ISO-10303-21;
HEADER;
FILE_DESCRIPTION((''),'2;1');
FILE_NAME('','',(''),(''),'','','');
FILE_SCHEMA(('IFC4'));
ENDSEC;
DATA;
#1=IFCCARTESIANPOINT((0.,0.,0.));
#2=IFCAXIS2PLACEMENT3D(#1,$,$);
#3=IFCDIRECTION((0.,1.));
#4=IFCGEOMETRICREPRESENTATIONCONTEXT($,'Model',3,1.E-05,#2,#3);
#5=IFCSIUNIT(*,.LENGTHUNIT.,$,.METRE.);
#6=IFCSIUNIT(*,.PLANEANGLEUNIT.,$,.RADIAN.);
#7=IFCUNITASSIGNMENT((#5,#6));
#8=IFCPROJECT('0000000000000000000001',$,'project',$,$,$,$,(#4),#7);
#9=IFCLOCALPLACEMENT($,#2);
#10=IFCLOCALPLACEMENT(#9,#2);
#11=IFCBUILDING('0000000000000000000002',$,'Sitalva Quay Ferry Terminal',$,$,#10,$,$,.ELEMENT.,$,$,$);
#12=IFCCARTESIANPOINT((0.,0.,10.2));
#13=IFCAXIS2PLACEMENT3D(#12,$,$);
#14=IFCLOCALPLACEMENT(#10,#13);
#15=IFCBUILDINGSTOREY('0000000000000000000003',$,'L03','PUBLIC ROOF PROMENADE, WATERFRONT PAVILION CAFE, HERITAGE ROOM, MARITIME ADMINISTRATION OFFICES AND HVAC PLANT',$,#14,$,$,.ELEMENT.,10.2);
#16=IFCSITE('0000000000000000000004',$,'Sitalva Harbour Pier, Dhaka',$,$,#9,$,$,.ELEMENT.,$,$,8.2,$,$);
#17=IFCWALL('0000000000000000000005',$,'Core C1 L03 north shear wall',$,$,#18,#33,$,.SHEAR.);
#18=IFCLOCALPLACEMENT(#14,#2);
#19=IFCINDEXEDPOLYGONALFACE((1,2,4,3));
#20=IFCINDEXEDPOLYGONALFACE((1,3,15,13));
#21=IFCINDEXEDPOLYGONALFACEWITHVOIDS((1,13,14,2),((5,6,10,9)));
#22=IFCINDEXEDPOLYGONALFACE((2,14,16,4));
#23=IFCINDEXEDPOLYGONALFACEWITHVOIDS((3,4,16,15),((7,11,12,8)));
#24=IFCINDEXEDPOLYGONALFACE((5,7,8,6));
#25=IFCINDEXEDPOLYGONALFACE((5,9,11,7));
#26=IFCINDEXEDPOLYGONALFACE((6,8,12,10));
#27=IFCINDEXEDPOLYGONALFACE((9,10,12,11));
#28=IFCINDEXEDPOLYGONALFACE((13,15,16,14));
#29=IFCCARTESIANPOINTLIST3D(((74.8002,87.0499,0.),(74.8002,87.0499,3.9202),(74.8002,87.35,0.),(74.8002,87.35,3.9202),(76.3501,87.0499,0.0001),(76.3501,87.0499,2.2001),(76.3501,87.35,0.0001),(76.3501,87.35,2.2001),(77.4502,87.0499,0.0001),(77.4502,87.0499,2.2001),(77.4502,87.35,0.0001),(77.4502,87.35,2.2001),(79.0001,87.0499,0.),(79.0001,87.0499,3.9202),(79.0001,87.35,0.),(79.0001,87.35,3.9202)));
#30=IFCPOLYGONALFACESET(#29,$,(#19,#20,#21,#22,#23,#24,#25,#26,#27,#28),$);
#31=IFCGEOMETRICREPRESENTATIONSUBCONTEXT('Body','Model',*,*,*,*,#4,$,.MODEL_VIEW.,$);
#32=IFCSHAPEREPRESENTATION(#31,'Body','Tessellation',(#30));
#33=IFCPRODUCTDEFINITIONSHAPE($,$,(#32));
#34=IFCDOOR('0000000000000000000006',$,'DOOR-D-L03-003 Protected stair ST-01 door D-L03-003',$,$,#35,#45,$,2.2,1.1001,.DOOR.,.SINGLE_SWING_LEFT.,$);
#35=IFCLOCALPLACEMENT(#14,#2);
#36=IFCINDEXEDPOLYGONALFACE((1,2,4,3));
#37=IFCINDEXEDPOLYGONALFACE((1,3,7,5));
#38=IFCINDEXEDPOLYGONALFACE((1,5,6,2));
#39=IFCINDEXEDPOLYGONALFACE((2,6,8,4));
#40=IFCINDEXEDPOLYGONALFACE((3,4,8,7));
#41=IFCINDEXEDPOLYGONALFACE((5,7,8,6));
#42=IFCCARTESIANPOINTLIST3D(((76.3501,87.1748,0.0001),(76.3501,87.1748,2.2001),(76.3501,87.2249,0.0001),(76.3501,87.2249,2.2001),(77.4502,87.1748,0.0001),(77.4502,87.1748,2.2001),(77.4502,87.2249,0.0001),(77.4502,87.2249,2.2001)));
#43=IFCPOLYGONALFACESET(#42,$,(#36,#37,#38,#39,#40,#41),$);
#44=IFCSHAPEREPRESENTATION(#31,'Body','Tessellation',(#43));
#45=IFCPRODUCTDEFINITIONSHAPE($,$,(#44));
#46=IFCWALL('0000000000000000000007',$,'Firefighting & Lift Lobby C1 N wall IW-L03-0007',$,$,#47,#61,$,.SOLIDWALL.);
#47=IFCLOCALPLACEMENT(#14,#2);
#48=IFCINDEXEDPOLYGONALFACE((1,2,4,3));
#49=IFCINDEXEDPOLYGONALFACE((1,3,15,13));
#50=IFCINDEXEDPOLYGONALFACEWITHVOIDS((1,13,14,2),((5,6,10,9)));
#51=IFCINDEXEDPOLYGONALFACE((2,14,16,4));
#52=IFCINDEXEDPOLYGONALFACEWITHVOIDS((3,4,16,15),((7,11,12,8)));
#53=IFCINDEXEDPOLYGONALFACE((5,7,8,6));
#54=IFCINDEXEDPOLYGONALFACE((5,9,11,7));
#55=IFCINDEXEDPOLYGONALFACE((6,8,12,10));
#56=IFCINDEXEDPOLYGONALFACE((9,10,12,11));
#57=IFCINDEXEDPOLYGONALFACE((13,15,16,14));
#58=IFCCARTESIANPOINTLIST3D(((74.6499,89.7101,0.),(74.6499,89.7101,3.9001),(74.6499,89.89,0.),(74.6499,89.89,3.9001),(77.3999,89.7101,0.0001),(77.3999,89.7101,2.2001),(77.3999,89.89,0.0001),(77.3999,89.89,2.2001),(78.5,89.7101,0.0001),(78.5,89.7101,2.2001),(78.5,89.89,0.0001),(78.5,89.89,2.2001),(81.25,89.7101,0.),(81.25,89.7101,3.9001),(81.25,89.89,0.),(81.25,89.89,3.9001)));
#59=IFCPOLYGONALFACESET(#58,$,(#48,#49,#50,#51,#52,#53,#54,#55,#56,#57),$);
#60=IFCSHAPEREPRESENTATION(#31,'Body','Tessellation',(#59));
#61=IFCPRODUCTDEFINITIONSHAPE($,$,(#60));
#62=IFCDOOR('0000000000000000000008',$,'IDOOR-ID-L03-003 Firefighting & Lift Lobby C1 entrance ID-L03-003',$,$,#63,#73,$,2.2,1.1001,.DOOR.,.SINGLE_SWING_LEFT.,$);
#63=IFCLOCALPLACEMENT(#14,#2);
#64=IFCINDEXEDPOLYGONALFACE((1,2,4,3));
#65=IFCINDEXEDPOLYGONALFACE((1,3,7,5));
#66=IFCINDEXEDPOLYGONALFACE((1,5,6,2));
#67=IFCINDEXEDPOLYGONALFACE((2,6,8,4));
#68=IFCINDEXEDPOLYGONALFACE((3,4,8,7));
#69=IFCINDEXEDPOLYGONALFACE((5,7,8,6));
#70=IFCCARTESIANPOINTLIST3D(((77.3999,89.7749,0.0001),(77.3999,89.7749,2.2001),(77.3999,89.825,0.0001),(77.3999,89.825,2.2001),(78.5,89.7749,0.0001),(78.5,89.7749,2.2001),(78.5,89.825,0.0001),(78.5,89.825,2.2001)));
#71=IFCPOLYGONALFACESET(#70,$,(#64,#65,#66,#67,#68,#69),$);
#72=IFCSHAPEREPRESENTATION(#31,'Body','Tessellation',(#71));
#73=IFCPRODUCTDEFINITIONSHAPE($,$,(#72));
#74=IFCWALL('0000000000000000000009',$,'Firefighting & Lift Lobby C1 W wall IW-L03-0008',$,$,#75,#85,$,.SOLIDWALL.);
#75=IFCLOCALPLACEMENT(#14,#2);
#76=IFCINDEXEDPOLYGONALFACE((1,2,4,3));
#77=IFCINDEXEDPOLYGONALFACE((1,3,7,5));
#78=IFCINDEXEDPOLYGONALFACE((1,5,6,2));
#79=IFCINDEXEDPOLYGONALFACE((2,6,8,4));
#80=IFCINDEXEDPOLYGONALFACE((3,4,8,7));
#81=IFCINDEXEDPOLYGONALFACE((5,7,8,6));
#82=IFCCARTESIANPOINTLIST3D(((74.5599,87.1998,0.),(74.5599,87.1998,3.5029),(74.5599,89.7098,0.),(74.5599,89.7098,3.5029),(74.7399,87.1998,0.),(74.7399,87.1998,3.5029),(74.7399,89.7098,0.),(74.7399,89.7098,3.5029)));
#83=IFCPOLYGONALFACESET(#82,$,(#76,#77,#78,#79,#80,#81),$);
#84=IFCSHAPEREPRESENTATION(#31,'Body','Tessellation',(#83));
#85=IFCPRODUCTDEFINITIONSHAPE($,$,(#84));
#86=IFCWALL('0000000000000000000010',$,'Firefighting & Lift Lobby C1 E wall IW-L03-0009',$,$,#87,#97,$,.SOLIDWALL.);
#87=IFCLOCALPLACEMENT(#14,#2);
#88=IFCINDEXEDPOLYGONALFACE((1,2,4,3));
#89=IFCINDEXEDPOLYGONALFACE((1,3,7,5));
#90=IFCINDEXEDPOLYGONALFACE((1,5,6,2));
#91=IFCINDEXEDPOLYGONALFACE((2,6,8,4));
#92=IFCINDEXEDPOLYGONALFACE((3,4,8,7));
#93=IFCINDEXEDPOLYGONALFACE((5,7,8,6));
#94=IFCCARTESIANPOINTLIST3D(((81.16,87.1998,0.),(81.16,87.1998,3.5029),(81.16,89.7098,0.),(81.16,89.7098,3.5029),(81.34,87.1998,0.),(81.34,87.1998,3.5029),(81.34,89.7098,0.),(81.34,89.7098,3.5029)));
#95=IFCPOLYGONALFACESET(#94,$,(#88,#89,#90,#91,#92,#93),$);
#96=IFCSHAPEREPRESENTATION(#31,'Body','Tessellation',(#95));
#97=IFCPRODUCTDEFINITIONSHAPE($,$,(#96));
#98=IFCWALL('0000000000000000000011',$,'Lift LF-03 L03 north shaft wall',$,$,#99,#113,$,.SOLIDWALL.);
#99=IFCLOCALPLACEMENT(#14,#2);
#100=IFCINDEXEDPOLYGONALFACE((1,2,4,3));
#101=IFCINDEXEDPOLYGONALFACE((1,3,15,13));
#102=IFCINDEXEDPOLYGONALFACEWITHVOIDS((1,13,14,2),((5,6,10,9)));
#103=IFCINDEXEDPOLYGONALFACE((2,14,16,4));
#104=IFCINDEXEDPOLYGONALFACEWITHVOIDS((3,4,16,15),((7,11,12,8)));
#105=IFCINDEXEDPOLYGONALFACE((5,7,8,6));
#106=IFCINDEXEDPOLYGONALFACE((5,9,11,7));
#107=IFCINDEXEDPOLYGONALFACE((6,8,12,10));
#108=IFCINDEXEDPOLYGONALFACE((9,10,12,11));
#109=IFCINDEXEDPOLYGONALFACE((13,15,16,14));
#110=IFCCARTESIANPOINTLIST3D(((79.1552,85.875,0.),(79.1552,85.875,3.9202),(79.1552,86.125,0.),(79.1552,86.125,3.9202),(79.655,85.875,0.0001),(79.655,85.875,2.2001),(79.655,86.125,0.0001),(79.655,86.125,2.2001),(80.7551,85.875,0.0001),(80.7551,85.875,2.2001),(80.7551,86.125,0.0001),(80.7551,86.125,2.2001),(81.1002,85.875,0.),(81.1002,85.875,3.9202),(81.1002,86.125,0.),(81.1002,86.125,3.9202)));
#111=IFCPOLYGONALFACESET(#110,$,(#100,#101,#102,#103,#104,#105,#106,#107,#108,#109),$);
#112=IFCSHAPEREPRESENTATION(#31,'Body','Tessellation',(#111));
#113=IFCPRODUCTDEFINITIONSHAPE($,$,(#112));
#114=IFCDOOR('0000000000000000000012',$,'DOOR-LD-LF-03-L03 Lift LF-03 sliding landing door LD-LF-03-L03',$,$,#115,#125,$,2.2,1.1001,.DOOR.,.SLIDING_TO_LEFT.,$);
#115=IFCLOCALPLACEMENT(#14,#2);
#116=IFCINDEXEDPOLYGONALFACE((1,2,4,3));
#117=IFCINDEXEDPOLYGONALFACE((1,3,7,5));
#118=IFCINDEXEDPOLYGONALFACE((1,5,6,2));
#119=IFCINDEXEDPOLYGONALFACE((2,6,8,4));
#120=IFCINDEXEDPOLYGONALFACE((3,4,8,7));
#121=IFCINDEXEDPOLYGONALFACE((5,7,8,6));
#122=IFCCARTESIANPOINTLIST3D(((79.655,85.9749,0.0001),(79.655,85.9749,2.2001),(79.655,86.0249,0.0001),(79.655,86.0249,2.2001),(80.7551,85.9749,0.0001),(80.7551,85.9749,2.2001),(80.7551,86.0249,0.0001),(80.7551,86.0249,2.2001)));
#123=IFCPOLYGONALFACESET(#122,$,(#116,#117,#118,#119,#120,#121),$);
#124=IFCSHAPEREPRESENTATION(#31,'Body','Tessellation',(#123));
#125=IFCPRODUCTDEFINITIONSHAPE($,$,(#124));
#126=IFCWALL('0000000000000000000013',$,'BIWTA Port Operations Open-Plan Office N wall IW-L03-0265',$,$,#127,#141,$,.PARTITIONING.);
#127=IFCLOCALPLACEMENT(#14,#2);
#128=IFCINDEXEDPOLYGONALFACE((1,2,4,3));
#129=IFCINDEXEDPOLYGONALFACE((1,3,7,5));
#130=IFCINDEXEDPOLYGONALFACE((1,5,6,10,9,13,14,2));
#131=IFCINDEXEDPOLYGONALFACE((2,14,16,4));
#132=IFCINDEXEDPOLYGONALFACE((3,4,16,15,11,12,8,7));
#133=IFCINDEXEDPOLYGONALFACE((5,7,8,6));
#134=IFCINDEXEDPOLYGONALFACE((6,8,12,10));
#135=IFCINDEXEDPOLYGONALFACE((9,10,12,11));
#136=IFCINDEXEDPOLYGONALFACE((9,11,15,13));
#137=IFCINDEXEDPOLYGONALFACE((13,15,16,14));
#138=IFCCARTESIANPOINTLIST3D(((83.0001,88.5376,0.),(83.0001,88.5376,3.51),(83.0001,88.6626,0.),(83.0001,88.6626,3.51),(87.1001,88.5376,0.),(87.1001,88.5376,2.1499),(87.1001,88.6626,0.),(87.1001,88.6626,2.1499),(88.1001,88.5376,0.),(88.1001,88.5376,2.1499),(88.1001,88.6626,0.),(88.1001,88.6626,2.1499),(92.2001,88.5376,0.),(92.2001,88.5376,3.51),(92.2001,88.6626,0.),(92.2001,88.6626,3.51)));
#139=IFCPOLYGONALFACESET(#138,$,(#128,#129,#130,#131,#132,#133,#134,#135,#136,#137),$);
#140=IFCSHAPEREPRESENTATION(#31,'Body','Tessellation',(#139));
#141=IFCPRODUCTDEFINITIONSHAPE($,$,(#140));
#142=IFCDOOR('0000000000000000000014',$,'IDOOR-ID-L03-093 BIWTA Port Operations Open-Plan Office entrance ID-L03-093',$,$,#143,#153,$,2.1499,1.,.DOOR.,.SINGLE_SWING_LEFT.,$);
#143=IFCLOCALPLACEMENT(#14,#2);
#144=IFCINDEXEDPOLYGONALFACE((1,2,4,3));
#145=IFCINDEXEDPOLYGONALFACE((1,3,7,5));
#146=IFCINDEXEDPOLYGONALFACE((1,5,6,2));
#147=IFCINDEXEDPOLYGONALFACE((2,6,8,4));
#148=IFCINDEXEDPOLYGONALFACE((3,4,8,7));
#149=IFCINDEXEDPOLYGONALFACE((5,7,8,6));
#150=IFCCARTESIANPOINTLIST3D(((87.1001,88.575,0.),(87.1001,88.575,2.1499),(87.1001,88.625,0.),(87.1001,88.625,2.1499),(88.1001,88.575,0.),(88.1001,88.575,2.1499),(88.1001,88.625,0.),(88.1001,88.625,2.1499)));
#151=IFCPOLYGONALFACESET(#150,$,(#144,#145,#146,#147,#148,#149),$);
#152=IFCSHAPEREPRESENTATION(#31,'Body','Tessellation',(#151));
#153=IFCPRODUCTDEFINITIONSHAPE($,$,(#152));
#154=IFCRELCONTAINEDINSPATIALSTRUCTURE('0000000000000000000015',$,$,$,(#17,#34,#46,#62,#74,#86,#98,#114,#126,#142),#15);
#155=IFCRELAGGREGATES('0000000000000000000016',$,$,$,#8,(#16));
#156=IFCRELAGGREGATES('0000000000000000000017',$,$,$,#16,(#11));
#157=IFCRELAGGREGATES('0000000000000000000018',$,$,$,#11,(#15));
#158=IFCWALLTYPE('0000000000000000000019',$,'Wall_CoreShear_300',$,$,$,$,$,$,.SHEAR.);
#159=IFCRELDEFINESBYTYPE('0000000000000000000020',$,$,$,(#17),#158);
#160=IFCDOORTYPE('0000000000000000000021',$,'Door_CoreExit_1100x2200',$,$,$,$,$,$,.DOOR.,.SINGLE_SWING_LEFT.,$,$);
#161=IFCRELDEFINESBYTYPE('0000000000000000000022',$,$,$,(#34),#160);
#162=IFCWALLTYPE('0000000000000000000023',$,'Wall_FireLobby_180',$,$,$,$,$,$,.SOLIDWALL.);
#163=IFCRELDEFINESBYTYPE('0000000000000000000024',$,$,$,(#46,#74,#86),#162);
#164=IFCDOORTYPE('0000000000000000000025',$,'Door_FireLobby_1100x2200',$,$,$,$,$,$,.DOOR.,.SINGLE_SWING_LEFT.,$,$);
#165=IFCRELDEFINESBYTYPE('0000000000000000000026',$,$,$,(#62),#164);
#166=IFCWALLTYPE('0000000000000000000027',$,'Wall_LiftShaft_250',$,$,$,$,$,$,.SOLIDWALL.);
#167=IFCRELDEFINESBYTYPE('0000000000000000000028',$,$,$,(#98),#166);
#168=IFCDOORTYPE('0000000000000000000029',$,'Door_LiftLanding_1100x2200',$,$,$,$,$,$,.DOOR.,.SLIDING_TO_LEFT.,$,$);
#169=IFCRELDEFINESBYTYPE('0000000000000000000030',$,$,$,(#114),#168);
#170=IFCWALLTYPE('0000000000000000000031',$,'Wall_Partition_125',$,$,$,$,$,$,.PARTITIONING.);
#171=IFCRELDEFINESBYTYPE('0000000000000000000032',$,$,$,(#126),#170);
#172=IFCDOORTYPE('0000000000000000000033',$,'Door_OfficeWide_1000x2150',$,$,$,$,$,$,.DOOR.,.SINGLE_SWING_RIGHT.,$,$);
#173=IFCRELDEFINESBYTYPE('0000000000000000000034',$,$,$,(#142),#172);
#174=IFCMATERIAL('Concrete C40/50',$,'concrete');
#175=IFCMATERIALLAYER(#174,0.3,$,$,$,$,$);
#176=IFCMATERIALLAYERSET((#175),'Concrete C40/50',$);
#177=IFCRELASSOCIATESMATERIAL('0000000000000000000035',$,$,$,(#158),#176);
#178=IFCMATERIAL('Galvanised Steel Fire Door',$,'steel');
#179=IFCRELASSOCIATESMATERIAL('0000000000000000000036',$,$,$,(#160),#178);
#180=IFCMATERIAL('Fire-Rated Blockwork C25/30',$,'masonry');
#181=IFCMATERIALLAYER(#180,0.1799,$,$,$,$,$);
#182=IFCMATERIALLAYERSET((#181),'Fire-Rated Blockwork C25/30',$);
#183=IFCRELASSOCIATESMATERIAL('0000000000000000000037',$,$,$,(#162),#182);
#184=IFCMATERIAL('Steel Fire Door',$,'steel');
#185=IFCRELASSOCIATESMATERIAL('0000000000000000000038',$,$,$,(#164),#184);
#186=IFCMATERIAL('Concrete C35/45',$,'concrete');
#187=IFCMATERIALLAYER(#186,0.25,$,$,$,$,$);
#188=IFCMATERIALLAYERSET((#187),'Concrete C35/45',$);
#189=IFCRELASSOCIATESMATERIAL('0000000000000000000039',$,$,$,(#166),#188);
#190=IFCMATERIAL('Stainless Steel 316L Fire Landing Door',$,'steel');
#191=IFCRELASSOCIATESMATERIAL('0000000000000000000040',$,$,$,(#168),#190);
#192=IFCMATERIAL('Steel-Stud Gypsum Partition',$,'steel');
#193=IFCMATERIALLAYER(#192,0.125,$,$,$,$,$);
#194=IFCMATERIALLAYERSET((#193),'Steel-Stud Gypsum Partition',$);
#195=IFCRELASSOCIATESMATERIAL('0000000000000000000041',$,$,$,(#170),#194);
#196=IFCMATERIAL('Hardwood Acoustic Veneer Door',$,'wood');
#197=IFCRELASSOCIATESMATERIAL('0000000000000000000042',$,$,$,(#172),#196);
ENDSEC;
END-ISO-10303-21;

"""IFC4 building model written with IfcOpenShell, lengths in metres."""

from ifc_helpers import new_model, si_unit, direction, frame, frame_2d, origin, place, context, subcontext, project, spatial, rectangle, extrude, material, layer, layer_set, type_object, element, fill, save


model = new_model("IFC4")

# Units and contexts
model_context = context("Model", 3, precision=1e-05, world=origin(), true_north=direction((0.0, 1.0)))
body_context = subcontext(model_context, "Body", "Model", "MODEL_VIEW")
ifc_project = project(units=[si_unit("LENGTHUNIT", "METRE"), si_unit("PLANEANGLEUNIT", "RADIAN")], contexts=[model_context])

# Site, building, storey
site_placement = place(None, origin())
site = spatial("IfcSite", under=ifc_project, at=site_placement, Name="Sitalva Harbour Pier, Dhaka", CompositionType="ELEMENT", RefElevation=8.2)
building_placement = place(site_placement, origin())
building = spatial("IfcBuilding", under=site, at=building_placement, Name="Sitalva Quay Ferry Terminal", CompositionType="ELEMENT")
storey_placement = place(building_placement, frame((0.0, 0.0, 10.2)))
storey = spatial("IfcBuildingStorey", under=building, at=storey_placement, Name="L03", Description="PUBLIC ROOF PROMENADE, WATERFRONT PAVILION CAFE, HERITAGE ROOM, MARITIME ADMINISTRATION OFFICES AND HVAC PLANT", CompositionType="ELEMENT", Elevation=10.2)

# Walls, openings, doors
ifc_material_1 = material(Name="Concrete C40/50", Category="concrete")
ifc_layer_1 = layer(ifc_material_1, 0.3)
ifc_layer_set_1 = layer_set([ifc_layer_1], Name="Concrete C40/50")
wall_type_1 = type_object("IfcWallType", Name="Wall_CoreShear_300", PredefinedType="SHEAR", material=ifc_layer_set_1)
wall_1_placement = place(storey_placement, frame((74.8, 87.2, 0.0), z_axis=(0.0, 0.0, 1.0), x_axis=(1.0, 0.0, 0.0)))
wall_1 = element("IfcWall", 1, at=wall_1_placement, inside=storey, type_object=wall_type_1, Name="Core C1 L03 north shear wall", PredefinedType="SHEAR", context=body_context, shape_type="SweptSolid", body=[
    extrude(rectangle(XDim=4.2, YDim=0.3, at=frame_2d((2.1001, 0.0))), origin(), (0.0, 0.0, 1.0), 3.9202),
])
opening_1_placement = place(wall_1_placement, frame((1.55, 0.0, 0.0)))
opening_1 = element("IfcOpeningElement", 2, at=opening_1_placement, cuts=wall_1, PredefinedType="OPENING", context=body_context, shape_type="SweptSolid", body=[
    extrude(rectangle(XDim=1.1001, YDim=2.2, at=frame_2d((0.55, 1.1001))), frame((0.0, 0.1599, 0.0), z_axis=(0.0, -1.0, 0.0), x_axis=(1.0, 0.0, 0.0)), (0.0, 0.0, 1.0), 0.3201),
])
ifc_material_2 = material(Name="Galvanised Steel Fire Door", Category="steel")
door_type_1 = type_object("IfcDoorType", Name="Door_CoreExit_1100x2200", OperationType="SINGLE_SWING_LEFT", PredefinedType="DOOR", material=ifc_material_2)
door_1_placement = place(opening_1_placement, origin())
door_1 = element("IfcDoor", 3, at=door_1_placement, inside=storey, type_object=door_type_1, Name="DOOR-D-L03-003 Protected stair ST-01 door D-L03-003", OperationType="SINGLE_SWING_LEFT", OverallHeight=2.2, OverallWidth=1.1001, PredefinedType="DOOR", context=body_context, shape_type="SweptSolid", body=[
    extrude(rectangle(XDim=1.1001, YDim=2.2, at=frame_2d((0.55, 1.1001))), frame((0.0, 0.0249, 0.0), z_axis=(0.0, -1.0, 0.0), x_axis=(1.0, 0.0, 0.0)), (0.0, 0.0, 1.0), 0.05),
])
fill(opening_1, door_1)
ifc_material_3 = material(Name="Fire-Rated Blockwork C25/30", Category="masonry")
ifc_layer_2 = layer(ifc_material_3, 0.1799)
ifc_layer_set_2 = layer_set([ifc_layer_2], Name="Fire-Rated Blockwork C25/30")
wall_type_2 = type_object("IfcWallType", Name="Wall_FireLobby_180", PredefinedType="SOLIDWALL", material=ifc_layer_set_2)
wall_2_placement = place(storey_placement, frame((74.6499, 89.8, 0.0), z_axis=(0.0, 0.0, 1.0), x_axis=(1.0, 0.0, 0.0)))
wall_2 = element("IfcWall", 4, at=wall_2_placement, inside=storey, type_object=wall_type_2, Name="Firefighting & Lift Lobby C1 N wall IW-L03-0007", PredefinedType="SOLIDWALL", context=body_context, shape_type="SweptSolid", body=[
    extrude(rectangle(XDim=6.6001, YDim=0.1799, at=frame_2d((3.3, 0.0))), origin(), (0.0, 0.0, 1.0), 3.9001),
])
opening_2_placement = place(wall_2_placement, frame((2.75, 0.0, 0.0)))
opening_2 = element("IfcOpeningElement", 5, at=opening_2_placement, cuts=wall_2, PredefinedType="OPENING", context=body_context, shape_type="SweptSolid", body=[
    extrude(rectangle(XDim=1.1001, YDim=2.2, at=frame_2d((0.55, 1.1001))), frame((0.0, 0.0999, 0.0), z_axis=(0.0, -1.0, 0.0), x_axis=(1.0, 0.0, 0.0)), (0.0, 0.0, 1.0), 0.2),
])
ifc_material_4 = material(Name="Steel Fire Door", Category="steel")
door_type_2 = type_object("IfcDoorType", Name="Door_FireLobby_1100x2200", OperationType="SINGLE_SWING_LEFT", PredefinedType="DOOR", material=ifc_material_4)
door_2_placement = place(opening_2_placement, origin())
door_2 = element("IfcDoor", 6, at=door_2_placement, inside=storey, type_object=door_type_2, Name="IDOOR-ID-L03-003 Firefighting & Lift Lobby C1 entrance ID-L03-003", OperationType="SINGLE_SWING_LEFT", OverallHeight=2.2, OverallWidth=1.1001, PredefinedType="DOOR", context=body_context, shape_type="SweptSolid", body=[
    extrude(rectangle(XDim=1.1001, YDim=2.2, at=frame_2d((0.55, 1.1001))), frame((0.0, 0.0249, 0.0), z_axis=(0.0, -1.0, 0.0), x_axis=(1.0, 0.0, 0.0)), (0.0, 0.0, 1.0), 0.05),
])
fill(opening_2, door_2)

# Walls
for number, where, z_axis, x_axis, name in (
    (7, (74.6499, 87.2, 0.0), (0.0, 0.0, 1.0), (0.0, 1.0, 0.0), "Firefighting & Lift Lobby C1 W wall IW-L03-0008"),
    (8, (81.25, 87.2, 0.0), (0.0, 0.0, 1.0), (0.0, 1.0, 0.0), "Firefighting & Lift Lobby C1 E wall IW-L03-0009"),
):
    element("IfcWall", number, at=place(storey_placement, frame(where, z_axis=z_axis, x_axis=x_axis)), inside=storey, type_object=wall_type_2, Name=name, PredefinedType="SOLIDWALL", context=body_context, shape_type="SweptSolid", body=[
        extrude(rectangle(XDim=2.51, YDim=0.1799, at=frame_2d((1.2549, 0.0))), origin(), (0.0, 0.0, 1.0), 3.5029),
    ])

# Walls, openings, doors
ifc_material_5 = material(Name="Concrete C35/45", Category="concrete")
ifc_layer_3 = layer(ifc_material_5, 0.25)
ifc_layer_set_3 = layer_set([ifc_layer_3], Name="Concrete C35/45")
wall_type_3 = type_object("IfcWallType", Name="Wall_LiftShaft_250", PredefinedType="SOLIDWALL", material=ifc_layer_set_3)
wall_3_placement = place(storey_placement, frame((79.155, 86.0, 0.0), z_axis=(0.0, 0.0, 1.0), x_axis=(1.0, 0.0, 0.0)))
wall_3 = element("IfcWall", 9, at=wall_3_placement, inside=storey, type_object=wall_type_3, Name="Lift LF-03 L03 north shaft wall", PredefinedType="SOLIDWALL", context=body_context, shape_type="SweptSolid", body=[
    extrude(rectangle(XDim=1.9451, YDim=0.25, at=frame_2d((0.9727, 0.0))), origin(), (0.0, 0.0, 1.0), 3.9202),
])
opening_3_placement = place(wall_3_placement, frame((0.5, 0.0, 0.0)))
opening_3 = element("IfcOpeningElement", 10, at=opening_3_placement, cuts=wall_3, PredefinedType="OPENING", context=body_context, shape_type="SweptSolid", body=[
    extrude(rectangle(XDim=1.1001, YDim=2.2, at=frame_2d((0.55, 1.1001))), frame((0.0, 0.135, 0.0), z_axis=(0.0, -1.0, 0.0), x_axis=(1.0, 0.0, 0.0)), (0.0, 0.0, 1.0), 0.27),
])
ifc_material_6 = material(Name="Stainless Steel 316L Fire Landing Door", Category="steel")
door_type_3 = type_object("IfcDoorType", Name="Door_LiftLanding_1100x2200", OperationType="SLIDING_TO_LEFT", PredefinedType="DOOR", material=ifc_material_6)
door_3_placement = place(opening_3_placement, origin())
door_3 = element("IfcDoor", 11, at=door_3_placement, inside=storey, type_object=door_type_3, Name="DOOR-LD-LF-03-L03 Lift LF-03 sliding landing door LD-LF-03-L03", OperationType="SLIDING_TO_LEFT", OverallHeight=2.2, OverallWidth=1.1001, PredefinedType="DOOR", context=body_context, shape_type="SweptSolid", body=[
    extrude(rectangle(XDim=1.1001, YDim=2.2, at=frame_2d((0.55, 1.1001))), frame((0.0, 0.0249, 0.0), z_axis=(0.0, -1.0, 0.0), x_axis=(1.0, 0.0, 0.0)), (0.0, 0.0, 1.0), 0.05),
])
fill(opening_3, door_3)
ifc_material_7 = material(Name="Steel-Stud Gypsum Partition", Category="steel")
ifc_layer_4 = layer(ifc_material_7, 0.125)
ifc_layer_set_4 = layer_set([ifc_layer_4], Name="Steel-Stud Gypsum Partition")
wall_type_4 = type_object("IfcWallType", Name="Wall_Partition_125", PredefinedType="PARTITIONING", material=ifc_layer_set_4)
wall_4_placement = place(storey_placement, frame((83.0, 88.6001, 0.0), z_axis=(0.0, 0.0, 1.0), x_axis=(1.0, 0.0, 0.0)))
wall_4 = element("IfcWall", 12, at=wall_4_placement, inside=storey, type_object=wall_type_4, Name="BIWTA Port Operations Open-Plan Office N wall IW-L03-0265", PredefinedType="PARTITIONING", context=body_context, shape_type="SweptSolid", body=[
    extrude(rectangle(XDim=9.2, YDim=0.125, at=frame_2d((4.6001, 0.0))), origin(), (0.0, 0.0, 1.0), 3.51),
])
opening_4_placement = place(wall_4_placement, frame((4.1001, 0.0, 0.0)))
opening_4 = element("IfcOpeningElement", 13, at=opening_4_placement, cuts=wall_4, PredefinedType="OPENING", context=body_context, shape_type="SweptSolid", body=[
    extrude(rectangle(XDim=1.0, YDim=2.1499, at=frame_2d((0.5, 1.075))), frame((0.0, 0.0725, 0.0), z_axis=(0.0, -1.0, 0.0), x_axis=(1.0, 0.0, 0.0)), (0.0, 0.0, 1.0), 0.145),
])
ifc_material_8 = material(Name="Hardwood Acoustic Veneer Door", Category="wood")
door_type_4 = type_object("IfcDoorType", Name="Door_OfficeWide_1000x2150", OperationType="SINGLE_SWING_RIGHT", PredefinedType="DOOR", material=ifc_material_8)
door_4_placement = place(opening_4_placement, origin())
door_4 = element("IfcDoor", 14, at=door_4_placement, inside=storey, type_object=door_type_4, Name="IDOOR-ID-L03-093 BIWTA Port Operations Open-Plan Office entrance ID-L03-093", OperationType="SINGLE_SWING_LEFT", OverallHeight=2.1499, OverallWidth=1.0, PredefinedType="DOOR", context=body_context, shape_type="SweptSolid", body=[
    extrude(rectangle(XDim=1.0, YDim=2.1499, at=frame_2d((0.5, 1.075))), frame((0.0, 0.0249, 0.0), z_axis=(0.0, -1.0, 0.0), x_axis=(1.0, 0.0, 0.0)), (0.0, 0.0, 1.0), 0.05),
])
fill(opening_4, door_4)

save(model, "model.ifc")
